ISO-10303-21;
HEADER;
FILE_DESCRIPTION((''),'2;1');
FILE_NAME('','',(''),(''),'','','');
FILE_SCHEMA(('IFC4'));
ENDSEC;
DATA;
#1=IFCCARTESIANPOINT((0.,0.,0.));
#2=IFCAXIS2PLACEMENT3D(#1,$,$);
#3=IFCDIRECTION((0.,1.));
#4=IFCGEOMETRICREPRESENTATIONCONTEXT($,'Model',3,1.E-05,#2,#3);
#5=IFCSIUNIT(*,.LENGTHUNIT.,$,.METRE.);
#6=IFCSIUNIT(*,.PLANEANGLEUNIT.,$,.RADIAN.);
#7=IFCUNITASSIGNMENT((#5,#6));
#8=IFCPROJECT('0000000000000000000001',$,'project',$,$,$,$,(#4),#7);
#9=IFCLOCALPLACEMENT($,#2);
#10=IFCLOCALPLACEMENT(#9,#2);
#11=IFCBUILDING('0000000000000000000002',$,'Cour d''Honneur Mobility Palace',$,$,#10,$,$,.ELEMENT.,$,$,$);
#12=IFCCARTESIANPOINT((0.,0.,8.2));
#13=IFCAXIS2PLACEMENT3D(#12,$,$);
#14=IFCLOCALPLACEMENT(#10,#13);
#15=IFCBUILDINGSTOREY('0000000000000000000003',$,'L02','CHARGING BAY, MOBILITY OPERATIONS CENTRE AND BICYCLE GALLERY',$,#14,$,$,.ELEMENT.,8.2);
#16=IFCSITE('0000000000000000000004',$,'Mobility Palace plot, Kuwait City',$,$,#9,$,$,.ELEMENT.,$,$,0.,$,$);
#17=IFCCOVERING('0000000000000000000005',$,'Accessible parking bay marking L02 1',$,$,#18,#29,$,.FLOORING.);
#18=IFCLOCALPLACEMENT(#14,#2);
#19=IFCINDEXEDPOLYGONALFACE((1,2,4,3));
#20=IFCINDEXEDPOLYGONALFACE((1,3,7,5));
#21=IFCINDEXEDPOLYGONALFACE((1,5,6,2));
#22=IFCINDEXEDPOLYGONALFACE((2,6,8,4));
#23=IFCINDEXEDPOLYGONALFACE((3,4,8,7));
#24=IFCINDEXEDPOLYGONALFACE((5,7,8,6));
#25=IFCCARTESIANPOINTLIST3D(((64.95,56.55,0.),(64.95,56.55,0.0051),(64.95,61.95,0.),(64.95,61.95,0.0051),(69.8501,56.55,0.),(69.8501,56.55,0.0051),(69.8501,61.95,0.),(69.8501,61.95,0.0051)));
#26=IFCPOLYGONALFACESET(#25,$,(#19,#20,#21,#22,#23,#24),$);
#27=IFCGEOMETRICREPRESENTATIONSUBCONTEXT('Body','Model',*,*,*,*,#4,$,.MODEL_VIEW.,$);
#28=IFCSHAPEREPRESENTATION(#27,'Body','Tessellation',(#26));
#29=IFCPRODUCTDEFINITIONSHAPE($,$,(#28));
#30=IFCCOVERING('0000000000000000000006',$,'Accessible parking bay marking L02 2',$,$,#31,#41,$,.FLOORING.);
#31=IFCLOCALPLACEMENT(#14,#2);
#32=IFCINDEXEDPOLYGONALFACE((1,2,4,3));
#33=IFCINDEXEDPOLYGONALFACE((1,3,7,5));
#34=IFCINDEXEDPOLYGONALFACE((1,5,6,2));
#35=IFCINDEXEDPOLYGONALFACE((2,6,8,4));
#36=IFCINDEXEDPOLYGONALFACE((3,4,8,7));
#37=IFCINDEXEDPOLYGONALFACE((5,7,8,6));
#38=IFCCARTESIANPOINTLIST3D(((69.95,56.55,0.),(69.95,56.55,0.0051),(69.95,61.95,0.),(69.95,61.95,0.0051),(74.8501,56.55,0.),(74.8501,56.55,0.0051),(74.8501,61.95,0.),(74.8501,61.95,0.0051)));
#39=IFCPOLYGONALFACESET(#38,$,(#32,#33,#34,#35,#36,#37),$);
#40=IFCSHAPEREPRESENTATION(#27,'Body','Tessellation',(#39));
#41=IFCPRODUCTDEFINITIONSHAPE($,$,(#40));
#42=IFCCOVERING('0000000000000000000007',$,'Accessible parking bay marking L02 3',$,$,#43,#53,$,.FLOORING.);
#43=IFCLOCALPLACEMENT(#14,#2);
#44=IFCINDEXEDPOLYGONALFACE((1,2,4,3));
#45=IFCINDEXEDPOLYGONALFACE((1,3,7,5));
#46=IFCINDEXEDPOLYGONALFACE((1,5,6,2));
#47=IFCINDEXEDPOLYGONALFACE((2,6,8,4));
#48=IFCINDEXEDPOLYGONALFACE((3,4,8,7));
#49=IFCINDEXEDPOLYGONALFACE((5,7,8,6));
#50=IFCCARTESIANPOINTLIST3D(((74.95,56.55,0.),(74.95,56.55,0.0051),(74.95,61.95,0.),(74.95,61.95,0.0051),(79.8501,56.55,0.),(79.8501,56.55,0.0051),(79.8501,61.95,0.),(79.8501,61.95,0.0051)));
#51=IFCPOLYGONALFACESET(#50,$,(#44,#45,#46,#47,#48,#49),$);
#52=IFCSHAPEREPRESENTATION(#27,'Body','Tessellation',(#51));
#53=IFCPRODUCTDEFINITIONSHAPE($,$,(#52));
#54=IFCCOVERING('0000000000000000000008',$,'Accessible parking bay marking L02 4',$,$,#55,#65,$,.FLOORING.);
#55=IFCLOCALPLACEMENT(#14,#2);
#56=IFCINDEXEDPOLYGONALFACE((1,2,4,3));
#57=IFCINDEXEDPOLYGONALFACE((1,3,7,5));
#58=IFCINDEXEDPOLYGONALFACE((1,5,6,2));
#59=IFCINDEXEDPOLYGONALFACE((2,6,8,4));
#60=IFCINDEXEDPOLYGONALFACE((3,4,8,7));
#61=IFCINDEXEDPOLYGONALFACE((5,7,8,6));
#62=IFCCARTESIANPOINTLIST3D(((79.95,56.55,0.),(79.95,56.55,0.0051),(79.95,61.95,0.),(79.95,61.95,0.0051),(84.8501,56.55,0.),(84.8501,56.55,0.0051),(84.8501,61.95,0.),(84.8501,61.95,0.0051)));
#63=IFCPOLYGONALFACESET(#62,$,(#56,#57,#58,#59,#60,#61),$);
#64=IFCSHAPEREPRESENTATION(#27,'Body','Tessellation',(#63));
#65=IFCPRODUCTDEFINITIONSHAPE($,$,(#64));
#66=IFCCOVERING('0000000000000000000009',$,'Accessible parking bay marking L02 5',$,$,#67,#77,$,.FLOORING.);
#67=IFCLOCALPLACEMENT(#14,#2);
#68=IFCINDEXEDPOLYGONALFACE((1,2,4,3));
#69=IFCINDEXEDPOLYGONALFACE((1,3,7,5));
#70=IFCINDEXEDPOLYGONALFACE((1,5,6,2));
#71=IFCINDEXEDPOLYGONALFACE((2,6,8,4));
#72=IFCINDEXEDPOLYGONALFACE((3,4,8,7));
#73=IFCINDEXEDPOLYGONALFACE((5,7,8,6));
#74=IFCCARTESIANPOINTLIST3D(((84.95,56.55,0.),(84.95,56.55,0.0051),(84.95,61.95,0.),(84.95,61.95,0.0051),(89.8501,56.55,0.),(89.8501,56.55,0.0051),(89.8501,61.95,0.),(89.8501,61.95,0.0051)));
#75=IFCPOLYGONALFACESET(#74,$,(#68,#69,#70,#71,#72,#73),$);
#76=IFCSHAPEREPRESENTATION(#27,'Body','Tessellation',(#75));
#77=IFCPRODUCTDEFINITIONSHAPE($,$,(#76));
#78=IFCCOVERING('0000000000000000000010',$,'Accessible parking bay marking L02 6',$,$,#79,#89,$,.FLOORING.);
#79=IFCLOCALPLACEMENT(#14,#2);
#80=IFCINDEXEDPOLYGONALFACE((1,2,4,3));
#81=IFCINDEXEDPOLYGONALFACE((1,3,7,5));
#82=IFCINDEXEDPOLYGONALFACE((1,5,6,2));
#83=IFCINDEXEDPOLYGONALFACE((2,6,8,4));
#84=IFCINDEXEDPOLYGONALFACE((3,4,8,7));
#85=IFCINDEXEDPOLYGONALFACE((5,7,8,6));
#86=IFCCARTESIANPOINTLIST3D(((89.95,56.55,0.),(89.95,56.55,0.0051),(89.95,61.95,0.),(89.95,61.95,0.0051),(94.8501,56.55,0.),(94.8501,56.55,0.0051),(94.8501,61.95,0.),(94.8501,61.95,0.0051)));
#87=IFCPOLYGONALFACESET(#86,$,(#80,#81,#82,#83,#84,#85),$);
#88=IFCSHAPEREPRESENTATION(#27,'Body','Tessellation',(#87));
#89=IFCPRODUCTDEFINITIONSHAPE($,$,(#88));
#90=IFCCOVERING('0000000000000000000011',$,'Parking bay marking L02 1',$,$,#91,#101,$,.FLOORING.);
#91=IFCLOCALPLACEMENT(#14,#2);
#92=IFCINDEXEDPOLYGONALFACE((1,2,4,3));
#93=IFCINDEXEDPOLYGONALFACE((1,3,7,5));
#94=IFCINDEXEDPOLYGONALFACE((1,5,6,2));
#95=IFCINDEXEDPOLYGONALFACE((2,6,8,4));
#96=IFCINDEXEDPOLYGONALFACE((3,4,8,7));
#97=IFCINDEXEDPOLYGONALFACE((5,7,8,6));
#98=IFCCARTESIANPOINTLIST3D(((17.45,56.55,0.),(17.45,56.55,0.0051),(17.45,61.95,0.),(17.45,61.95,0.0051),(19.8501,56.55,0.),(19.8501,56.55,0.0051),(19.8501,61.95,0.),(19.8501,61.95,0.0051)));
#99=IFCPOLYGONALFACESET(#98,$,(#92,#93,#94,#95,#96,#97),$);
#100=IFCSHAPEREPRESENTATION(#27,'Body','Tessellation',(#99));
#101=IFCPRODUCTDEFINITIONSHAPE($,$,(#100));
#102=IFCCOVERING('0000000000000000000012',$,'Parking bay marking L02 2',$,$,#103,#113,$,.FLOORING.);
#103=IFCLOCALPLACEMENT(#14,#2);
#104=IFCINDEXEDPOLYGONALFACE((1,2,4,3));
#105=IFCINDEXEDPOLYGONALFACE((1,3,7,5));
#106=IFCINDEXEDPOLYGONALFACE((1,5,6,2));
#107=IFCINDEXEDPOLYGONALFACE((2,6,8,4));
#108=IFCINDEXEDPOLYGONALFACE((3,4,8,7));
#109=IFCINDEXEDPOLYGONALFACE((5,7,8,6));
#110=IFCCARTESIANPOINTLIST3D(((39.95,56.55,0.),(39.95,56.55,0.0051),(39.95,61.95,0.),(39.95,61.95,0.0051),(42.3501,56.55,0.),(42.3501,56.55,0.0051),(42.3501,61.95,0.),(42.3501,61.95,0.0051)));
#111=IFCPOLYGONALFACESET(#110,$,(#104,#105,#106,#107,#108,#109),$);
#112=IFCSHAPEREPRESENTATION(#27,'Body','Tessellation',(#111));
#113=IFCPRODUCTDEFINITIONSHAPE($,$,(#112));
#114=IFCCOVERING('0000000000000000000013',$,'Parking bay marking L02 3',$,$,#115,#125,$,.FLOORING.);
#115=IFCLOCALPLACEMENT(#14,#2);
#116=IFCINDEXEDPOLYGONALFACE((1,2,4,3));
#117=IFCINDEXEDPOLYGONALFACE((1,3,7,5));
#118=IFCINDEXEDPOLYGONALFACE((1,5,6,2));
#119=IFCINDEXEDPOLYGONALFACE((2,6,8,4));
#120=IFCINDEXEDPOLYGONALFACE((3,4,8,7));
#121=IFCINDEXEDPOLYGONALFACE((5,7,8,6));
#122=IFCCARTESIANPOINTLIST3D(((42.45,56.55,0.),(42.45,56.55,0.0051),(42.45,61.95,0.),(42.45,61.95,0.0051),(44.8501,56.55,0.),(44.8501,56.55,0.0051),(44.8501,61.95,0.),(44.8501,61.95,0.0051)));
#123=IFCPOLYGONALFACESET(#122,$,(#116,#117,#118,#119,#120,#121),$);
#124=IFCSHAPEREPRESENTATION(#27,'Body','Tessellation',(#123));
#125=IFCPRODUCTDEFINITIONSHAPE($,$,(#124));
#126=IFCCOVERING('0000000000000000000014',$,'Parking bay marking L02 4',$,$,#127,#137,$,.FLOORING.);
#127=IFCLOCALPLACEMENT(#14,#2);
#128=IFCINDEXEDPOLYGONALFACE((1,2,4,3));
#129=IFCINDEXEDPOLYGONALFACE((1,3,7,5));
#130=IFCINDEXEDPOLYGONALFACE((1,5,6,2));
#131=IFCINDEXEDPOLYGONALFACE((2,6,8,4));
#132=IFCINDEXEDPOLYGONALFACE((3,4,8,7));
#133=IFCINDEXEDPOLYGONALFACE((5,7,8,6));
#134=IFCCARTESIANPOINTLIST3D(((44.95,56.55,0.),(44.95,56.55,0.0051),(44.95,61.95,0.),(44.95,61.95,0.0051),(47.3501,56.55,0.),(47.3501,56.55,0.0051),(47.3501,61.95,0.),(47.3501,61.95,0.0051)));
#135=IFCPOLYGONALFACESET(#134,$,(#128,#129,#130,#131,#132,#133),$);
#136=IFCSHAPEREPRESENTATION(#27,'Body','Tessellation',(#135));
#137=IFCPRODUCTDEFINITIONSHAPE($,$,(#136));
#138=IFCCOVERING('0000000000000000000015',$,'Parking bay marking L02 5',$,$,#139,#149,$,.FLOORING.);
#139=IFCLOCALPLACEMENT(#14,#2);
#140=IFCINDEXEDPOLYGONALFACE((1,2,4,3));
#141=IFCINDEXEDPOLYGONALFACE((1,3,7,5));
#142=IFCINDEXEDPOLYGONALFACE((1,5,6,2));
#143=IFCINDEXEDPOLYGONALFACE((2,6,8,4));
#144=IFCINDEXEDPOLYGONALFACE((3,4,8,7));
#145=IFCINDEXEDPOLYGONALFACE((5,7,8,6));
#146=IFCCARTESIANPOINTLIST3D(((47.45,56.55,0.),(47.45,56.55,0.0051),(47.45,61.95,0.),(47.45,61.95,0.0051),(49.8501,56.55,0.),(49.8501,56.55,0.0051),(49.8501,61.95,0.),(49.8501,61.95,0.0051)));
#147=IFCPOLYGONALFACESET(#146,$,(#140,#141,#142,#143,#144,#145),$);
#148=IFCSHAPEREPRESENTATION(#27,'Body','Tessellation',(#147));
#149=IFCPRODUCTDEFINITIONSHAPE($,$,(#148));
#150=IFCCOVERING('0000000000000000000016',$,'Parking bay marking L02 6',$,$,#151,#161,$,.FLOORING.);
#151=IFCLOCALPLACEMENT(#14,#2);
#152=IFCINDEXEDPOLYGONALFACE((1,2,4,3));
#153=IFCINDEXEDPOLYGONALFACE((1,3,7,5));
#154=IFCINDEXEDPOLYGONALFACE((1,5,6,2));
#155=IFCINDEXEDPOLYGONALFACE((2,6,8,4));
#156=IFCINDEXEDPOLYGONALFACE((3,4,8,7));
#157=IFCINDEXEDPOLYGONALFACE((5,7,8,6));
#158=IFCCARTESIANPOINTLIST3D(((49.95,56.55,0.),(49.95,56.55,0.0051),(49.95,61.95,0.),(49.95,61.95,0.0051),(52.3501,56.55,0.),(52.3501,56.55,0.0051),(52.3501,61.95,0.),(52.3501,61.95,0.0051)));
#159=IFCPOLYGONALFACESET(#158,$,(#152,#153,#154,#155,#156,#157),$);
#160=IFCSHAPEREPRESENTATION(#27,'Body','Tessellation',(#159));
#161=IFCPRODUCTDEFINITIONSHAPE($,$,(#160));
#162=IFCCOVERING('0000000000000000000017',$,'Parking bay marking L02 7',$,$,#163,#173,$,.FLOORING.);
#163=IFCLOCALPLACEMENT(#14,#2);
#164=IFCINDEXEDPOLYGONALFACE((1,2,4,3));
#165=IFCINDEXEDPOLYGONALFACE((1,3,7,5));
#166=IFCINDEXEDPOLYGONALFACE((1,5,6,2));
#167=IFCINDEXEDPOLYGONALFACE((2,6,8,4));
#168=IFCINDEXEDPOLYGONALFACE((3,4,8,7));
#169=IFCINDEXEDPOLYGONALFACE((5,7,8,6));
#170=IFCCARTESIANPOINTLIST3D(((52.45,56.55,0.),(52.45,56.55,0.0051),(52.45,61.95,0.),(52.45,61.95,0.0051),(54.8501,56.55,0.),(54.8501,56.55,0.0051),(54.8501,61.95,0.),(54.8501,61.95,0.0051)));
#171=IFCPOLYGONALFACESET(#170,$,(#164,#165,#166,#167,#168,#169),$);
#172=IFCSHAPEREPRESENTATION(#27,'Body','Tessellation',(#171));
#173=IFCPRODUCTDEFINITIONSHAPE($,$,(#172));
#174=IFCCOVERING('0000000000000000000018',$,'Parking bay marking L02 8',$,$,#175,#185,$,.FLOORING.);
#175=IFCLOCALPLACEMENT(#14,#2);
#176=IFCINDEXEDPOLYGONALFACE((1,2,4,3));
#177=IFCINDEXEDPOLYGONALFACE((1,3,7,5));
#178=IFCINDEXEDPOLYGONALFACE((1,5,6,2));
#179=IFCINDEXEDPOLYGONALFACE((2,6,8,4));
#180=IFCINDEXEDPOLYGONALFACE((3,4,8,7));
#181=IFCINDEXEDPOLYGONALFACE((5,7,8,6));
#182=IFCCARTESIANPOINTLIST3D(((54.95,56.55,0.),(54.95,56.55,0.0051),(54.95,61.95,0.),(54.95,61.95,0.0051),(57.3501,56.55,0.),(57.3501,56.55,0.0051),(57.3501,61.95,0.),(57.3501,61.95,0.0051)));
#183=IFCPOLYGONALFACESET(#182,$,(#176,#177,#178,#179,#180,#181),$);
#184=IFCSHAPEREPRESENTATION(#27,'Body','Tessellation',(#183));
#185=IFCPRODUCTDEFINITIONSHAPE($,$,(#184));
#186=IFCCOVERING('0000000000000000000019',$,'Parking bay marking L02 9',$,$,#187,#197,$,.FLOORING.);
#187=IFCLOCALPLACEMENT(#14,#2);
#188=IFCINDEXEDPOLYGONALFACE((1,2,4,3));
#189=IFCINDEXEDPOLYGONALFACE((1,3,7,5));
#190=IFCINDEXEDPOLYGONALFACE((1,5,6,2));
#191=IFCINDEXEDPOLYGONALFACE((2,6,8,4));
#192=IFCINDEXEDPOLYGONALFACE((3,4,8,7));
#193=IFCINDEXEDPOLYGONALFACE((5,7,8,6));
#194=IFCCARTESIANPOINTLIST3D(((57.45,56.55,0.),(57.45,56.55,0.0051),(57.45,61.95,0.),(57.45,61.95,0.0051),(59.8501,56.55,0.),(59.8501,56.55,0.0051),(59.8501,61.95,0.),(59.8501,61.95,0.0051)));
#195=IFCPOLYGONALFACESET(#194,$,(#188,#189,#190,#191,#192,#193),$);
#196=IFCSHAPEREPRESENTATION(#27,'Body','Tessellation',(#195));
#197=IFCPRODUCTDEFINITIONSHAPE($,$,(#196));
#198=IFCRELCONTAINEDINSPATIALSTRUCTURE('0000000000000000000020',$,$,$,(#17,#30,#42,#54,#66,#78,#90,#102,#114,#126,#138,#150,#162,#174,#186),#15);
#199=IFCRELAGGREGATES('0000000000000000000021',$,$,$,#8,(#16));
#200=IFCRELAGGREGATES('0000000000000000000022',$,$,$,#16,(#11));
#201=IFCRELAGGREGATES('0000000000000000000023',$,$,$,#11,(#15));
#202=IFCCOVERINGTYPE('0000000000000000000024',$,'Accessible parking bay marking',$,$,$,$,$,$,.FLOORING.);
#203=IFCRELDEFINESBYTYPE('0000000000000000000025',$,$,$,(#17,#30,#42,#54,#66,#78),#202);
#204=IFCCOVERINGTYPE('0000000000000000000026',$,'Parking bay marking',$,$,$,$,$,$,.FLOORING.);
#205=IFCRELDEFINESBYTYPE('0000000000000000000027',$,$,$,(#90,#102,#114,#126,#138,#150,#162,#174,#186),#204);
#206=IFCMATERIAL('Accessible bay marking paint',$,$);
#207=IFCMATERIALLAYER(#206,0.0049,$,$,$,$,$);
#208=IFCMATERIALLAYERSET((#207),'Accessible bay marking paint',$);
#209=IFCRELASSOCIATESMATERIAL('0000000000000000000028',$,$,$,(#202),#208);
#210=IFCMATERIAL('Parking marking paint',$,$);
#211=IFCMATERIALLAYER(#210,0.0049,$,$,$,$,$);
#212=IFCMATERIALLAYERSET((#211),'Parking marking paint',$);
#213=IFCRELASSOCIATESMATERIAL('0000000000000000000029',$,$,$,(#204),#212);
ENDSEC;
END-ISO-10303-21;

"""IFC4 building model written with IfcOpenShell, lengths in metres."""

from ifc_helpers import new_model, si_unit, direction, frame, origin, place, context, subcontext, project, spatial, polyline, outline, extrude, material, layer, layer_set, type_object, element, save


model = new_model("IFC4")

# Units and contexts
model_context = context("Model", 3, precision=1e-05, world=origin(), true_north=direction((0.0, 1.0)))
body_context = subcontext(model_context, "Body", "Model", "MODEL_VIEW")
ifc_project = project(units=[si_unit("LENGTHUNIT", "METRE"), si_unit("PLANEANGLEUNIT", "RADIAN")], contexts=[model_context])

# Site, building, storey
site_placement = place(None, origin())
site = spatial("IfcSite", under=ifc_project, at=site_placement, Name="Mobility Palace plot, Kuwait City", CompositionType="ELEMENT", RefElevation=0.0)
building_placement = place(site_placement, origin())
building = spatial("IfcBuilding", under=site, at=building_placement, Name="Cour d'Honneur Mobility Palace", CompositionType="ELEMENT")
storey_placement = place(building_placement, frame((0.0, 0.0, 8.2)))
storey = spatial("IfcBuildingStorey", under=building, at=storey_placement, Name="L02", Description="CHARGING BAY, MOBILITY OPERATIONS CENTRE AND BICYCLE GALLERY", CompositionType="ELEMENT", Elevation=8.2)

# Coverings
ifc_material_1 = material(Name="Accessible bay marking paint")
ifc_layer_1 = layer(ifc_material_1, 0.0049)
ifc_layer_set_1 = layer_set([ifc_layer_1], Name="Accessible bay marking paint")
covering_type_1 = type_object("IfcCoveringType", Name="Accessible parking bay marking", PredefinedType="FLOORING", material=ifc_layer_set_1)
covering_1_placement = place(storey_placement, origin())
element("IfcCovering", 1, at=covering_1_placement, inside=storey, type_object=covering_type_1, Name="Accessible parking bay marking L02 1", PredefinedType="FLOORING", context=body_context, shape_type="SweptSolid", body=[
    extrude(outline(polyline([(64.95, 56.55), (64.95, 61.95), (69.8501, 61.95), (69.8501, 56.55), (64.95, 56.55)])), origin(), (0.0, 0.0, 1.0), 0.0051),
])
covering_2_placement = place(storey_placement, origin())
element("IfcCovering", 2, at=covering_2_placement, inside=storey, type_object=covering_type_1, Name="Accessible parking bay marking L02 2", PredefinedType="FLOORING", context=body_context, shape_type="SweptSolid", body=[
    extrude(outline(polyline([(69.95, 56.55), (69.95, 61.95), (74.8501, 61.95), (74.8501, 56.55), (69.95, 56.55)])), origin(), (0.0, 0.0, 1.0), 0.0051),
])
covering_3_placement = place(storey_placement, origin())
element("IfcCovering", 3, at=covering_3_placement, inside=storey, type_object=covering_type_1, Name="Accessible parking bay marking L02 3", PredefinedType="FLOORING", context=body_context, shape_type="SweptSolid", body=[
    extrude(outline(polyline([(74.95, 56.55), (74.95, 61.95), (79.8501, 61.95), (79.8501, 56.55), (74.95, 56.55)])), origin(), (0.0, 0.0, 1.0), 0.0051),
])
covering_4_placement = place(storey_placement, origin())
element("IfcCovering", 4, at=covering_4_placement, inside=storey, type_object=covering_type_1, Name="Accessible parking bay marking L02 4", PredefinedType="FLOORING", context=body_context, shape_type="SweptSolid", body=[
    extrude(outline(polyline([(79.95, 56.55), (79.95, 61.95), (84.8501, 61.95), (84.8501, 56.55), (79.95, 56.55)])), origin(), (0.0, 0.0, 1.0), 0.0051),
])
covering_5_placement = place(storey_placement, origin())
element("IfcCovering", 5, at=covering_5_placement, inside=storey, type_object=covering_type_1, Name="Accessible parking bay marking L02 5", PredefinedType="FLOORING", context=body_context, shape_type="SweptSolid", body=[
    extrude(outline(polyline([(84.95, 56.55), (84.95, 61.95), (89.8501, 61.95), (89.8501, 56.55), (84.95, 56.55)])), origin(), (0.0, 0.0, 1.0), 0.0051),
])
covering_6_placement = place(storey_placement, origin())
element("IfcCovering", 6, at=covering_6_placement, inside=storey, type_object=covering_type_1, Name="Accessible parking bay marking L02 6", PredefinedType="FLOORING", context=body_context, shape_type="SweptSolid", body=[
    extrude(outline(polyline([(89.95, 56.55), (89.95, 61.95), (94.8501, 61.95), (94.8501, 56.55), (89.95, 56.55)])), origin(), (0.0, 0.0, 1.0), 0.0051),
])
ifc_material_2 = material(Name="Parking marking paint")
ifc_layer_2 = layer(ifc_material_2, 0.0049)
ifc_layer_set_2 = layer_set([ifc_layer_2], Name="Parking marking paint")
covering_type_2 = type_object("IfcCoveringType", Name="Parking bay marking", PredefinedType="FLOORING", material=ifc_layer_set_2)
covering_7_placement = place(storey_placement, origin())
element("IfcCovering", 7, at=covering_7_placement, inside=storey, type_object=covering_type_2, Name="Parking bay marking L02 1", PredefinedType="FLOORING", context=body_context, shape_type="SweptSolid", body=[
    extrude(outline(polyline([(19.8501, 56.55), (17.45, 56.55), (17.45, 61.95), (19.8501, 61.95), (19.8501, 56.55)])), origin(), (0.0, 0.0, 1.0), 0.0051),
])
covering_8_placement = place(storey_placement, origin())
element("IfcCovering", 8, at=covering_8_placement, inside=storey, type_object=covering_type_2, Name="Parking bay marking L02 2", PredefinedType="FLOORING", context=body_context, shape_type="SweptSolid", body=[
    extrude(outline(polyline([(42.3501, 56.55), (39.95, 56.55), (39.95, 61.95), (42.3501, 61.95), (42.3501, 56.55)])), origin(), (0.0, 0.0, 1.0), 0.0051),
])
covering_9_placement = place(storey_placement, origin())
element("IfcCovering", 9, at=covering_9_placement, inside=storey, type_object=covering_type_2, Name="Parking bay marking L02 3", PredefinedType="FLOORING", context=body_context, shape_type="SweptSolid", body=[
    extrude(outline(polyline([(44.8501, 56.55), (42.45, 56.55), (42.45, 61.95), (44.8501, 61.95), (44.8501, 56.55)])), origin(), (0.0, 0.0, 1.0), 0.0051),
])
covering_10_placement = place(storey_placement, origin())
element("IfcCovering", 10, at=covering_10_placement, inside=storey, type_object=covering_type_2, Name="Parking bay marking L02 4", PredefinedType="FLOORING", context=body_context, shape_type="SweptSolid", body=[
    extrude(outline(polyline([(47.3501, 56.55), (44.95, 56.55), (44.95, 61.95), (47.3501, 61.95), (47.3501, 56.55)])), origin(), (0.0, 0.0, 1.0), 0.0051),
])
covering_11_placement = place(storey_placement, origin())
element("IfcCovering", 11, at=covering_11_placement, inside=storey, type_object=covering_type_2, Name="Parking bay marking L02 5", PredefinedType="FLOORING", context=body_context, shape_type="SweptSolid", body=[
    extrude(outline(polyline([(49.8501, 56.55), (47.45, 56.55), (47.45, 61.95), (49.8501, 61.95), (49.8501, 56.55)])), origin(), (0.0, 0.0, 1.0), 0.0051),
])
covering_12_placement = place(storey_placement, origin())
element("IfcCovering", 12, at=covering_12_placement, inside=storey, type_object=covering_type_2, Name="Parking bay marking L02 6", PredefinedType="FLOORING", context=body_context, shape_type="SweptSolid", body=[
    extrude(outline(polyline([(52.3501, 56.55), (49.95, 56.55), (49.95, 61.95), (52.3501, 61.95), (52.3501, 56.55)])), origin(), (0.0, 0.0, 1.0), 0.0051),
])
covering_13_placement = place(storey_placement, origin())
element("IfcCovering", 13, at=covering_13_placement, inside=storey, type_object=covering_type_2, Name="Parking bay marking L02 7", PredefinedType="FLOORING", context=body_context, shape_type="SweptSolid", body=[
    extrude(outline(polyline([(54.8501, 56.55), (52.45, 56.55), (52.45, 61.95), (54.8501, 61.95), (54.8501, 56.55)])), origin(), (0.0, 0.0, 1.0), 0.0051),
])
covering_14_placement = place(storey_placement, origin())
element("IfcCovering", 14, at=covering_14_placement, inside=storey, type_object=covering_type_2, Name="Parking bay marking L02 8", PredefinedType="FLOORING", context=body_context, shape_type="SweptSolid", body=[
    extrude(outline(polyline([(57.3501, 56.55), (54.95, 56.55), (54.95, 61.95), (57.3501, 61.95), (57.3501, 56.55)])), origin(), (0.0, 0.0, 1.0), 0.0051),
])
covering_15_placement = place(storey_placement, origin())
element("IfcCovering", 15, at=covering_15_placement, inside=storey, type_object=covering_type_2, Name="Parking bay marking L02 9", PredefinedType="FLOORING", context=body_context, shape_type="SweptSolid", body=[
    extrude(outline(polyline([(59.8501, 56.55), (57.45, 56.55), (57.45, 61.95), (59.8501, 61.95), (59.8501, 56.55)])), origin(), (0.0, 0.0, 1.0), 0.0051),
])

save(model, "model.ifc")
